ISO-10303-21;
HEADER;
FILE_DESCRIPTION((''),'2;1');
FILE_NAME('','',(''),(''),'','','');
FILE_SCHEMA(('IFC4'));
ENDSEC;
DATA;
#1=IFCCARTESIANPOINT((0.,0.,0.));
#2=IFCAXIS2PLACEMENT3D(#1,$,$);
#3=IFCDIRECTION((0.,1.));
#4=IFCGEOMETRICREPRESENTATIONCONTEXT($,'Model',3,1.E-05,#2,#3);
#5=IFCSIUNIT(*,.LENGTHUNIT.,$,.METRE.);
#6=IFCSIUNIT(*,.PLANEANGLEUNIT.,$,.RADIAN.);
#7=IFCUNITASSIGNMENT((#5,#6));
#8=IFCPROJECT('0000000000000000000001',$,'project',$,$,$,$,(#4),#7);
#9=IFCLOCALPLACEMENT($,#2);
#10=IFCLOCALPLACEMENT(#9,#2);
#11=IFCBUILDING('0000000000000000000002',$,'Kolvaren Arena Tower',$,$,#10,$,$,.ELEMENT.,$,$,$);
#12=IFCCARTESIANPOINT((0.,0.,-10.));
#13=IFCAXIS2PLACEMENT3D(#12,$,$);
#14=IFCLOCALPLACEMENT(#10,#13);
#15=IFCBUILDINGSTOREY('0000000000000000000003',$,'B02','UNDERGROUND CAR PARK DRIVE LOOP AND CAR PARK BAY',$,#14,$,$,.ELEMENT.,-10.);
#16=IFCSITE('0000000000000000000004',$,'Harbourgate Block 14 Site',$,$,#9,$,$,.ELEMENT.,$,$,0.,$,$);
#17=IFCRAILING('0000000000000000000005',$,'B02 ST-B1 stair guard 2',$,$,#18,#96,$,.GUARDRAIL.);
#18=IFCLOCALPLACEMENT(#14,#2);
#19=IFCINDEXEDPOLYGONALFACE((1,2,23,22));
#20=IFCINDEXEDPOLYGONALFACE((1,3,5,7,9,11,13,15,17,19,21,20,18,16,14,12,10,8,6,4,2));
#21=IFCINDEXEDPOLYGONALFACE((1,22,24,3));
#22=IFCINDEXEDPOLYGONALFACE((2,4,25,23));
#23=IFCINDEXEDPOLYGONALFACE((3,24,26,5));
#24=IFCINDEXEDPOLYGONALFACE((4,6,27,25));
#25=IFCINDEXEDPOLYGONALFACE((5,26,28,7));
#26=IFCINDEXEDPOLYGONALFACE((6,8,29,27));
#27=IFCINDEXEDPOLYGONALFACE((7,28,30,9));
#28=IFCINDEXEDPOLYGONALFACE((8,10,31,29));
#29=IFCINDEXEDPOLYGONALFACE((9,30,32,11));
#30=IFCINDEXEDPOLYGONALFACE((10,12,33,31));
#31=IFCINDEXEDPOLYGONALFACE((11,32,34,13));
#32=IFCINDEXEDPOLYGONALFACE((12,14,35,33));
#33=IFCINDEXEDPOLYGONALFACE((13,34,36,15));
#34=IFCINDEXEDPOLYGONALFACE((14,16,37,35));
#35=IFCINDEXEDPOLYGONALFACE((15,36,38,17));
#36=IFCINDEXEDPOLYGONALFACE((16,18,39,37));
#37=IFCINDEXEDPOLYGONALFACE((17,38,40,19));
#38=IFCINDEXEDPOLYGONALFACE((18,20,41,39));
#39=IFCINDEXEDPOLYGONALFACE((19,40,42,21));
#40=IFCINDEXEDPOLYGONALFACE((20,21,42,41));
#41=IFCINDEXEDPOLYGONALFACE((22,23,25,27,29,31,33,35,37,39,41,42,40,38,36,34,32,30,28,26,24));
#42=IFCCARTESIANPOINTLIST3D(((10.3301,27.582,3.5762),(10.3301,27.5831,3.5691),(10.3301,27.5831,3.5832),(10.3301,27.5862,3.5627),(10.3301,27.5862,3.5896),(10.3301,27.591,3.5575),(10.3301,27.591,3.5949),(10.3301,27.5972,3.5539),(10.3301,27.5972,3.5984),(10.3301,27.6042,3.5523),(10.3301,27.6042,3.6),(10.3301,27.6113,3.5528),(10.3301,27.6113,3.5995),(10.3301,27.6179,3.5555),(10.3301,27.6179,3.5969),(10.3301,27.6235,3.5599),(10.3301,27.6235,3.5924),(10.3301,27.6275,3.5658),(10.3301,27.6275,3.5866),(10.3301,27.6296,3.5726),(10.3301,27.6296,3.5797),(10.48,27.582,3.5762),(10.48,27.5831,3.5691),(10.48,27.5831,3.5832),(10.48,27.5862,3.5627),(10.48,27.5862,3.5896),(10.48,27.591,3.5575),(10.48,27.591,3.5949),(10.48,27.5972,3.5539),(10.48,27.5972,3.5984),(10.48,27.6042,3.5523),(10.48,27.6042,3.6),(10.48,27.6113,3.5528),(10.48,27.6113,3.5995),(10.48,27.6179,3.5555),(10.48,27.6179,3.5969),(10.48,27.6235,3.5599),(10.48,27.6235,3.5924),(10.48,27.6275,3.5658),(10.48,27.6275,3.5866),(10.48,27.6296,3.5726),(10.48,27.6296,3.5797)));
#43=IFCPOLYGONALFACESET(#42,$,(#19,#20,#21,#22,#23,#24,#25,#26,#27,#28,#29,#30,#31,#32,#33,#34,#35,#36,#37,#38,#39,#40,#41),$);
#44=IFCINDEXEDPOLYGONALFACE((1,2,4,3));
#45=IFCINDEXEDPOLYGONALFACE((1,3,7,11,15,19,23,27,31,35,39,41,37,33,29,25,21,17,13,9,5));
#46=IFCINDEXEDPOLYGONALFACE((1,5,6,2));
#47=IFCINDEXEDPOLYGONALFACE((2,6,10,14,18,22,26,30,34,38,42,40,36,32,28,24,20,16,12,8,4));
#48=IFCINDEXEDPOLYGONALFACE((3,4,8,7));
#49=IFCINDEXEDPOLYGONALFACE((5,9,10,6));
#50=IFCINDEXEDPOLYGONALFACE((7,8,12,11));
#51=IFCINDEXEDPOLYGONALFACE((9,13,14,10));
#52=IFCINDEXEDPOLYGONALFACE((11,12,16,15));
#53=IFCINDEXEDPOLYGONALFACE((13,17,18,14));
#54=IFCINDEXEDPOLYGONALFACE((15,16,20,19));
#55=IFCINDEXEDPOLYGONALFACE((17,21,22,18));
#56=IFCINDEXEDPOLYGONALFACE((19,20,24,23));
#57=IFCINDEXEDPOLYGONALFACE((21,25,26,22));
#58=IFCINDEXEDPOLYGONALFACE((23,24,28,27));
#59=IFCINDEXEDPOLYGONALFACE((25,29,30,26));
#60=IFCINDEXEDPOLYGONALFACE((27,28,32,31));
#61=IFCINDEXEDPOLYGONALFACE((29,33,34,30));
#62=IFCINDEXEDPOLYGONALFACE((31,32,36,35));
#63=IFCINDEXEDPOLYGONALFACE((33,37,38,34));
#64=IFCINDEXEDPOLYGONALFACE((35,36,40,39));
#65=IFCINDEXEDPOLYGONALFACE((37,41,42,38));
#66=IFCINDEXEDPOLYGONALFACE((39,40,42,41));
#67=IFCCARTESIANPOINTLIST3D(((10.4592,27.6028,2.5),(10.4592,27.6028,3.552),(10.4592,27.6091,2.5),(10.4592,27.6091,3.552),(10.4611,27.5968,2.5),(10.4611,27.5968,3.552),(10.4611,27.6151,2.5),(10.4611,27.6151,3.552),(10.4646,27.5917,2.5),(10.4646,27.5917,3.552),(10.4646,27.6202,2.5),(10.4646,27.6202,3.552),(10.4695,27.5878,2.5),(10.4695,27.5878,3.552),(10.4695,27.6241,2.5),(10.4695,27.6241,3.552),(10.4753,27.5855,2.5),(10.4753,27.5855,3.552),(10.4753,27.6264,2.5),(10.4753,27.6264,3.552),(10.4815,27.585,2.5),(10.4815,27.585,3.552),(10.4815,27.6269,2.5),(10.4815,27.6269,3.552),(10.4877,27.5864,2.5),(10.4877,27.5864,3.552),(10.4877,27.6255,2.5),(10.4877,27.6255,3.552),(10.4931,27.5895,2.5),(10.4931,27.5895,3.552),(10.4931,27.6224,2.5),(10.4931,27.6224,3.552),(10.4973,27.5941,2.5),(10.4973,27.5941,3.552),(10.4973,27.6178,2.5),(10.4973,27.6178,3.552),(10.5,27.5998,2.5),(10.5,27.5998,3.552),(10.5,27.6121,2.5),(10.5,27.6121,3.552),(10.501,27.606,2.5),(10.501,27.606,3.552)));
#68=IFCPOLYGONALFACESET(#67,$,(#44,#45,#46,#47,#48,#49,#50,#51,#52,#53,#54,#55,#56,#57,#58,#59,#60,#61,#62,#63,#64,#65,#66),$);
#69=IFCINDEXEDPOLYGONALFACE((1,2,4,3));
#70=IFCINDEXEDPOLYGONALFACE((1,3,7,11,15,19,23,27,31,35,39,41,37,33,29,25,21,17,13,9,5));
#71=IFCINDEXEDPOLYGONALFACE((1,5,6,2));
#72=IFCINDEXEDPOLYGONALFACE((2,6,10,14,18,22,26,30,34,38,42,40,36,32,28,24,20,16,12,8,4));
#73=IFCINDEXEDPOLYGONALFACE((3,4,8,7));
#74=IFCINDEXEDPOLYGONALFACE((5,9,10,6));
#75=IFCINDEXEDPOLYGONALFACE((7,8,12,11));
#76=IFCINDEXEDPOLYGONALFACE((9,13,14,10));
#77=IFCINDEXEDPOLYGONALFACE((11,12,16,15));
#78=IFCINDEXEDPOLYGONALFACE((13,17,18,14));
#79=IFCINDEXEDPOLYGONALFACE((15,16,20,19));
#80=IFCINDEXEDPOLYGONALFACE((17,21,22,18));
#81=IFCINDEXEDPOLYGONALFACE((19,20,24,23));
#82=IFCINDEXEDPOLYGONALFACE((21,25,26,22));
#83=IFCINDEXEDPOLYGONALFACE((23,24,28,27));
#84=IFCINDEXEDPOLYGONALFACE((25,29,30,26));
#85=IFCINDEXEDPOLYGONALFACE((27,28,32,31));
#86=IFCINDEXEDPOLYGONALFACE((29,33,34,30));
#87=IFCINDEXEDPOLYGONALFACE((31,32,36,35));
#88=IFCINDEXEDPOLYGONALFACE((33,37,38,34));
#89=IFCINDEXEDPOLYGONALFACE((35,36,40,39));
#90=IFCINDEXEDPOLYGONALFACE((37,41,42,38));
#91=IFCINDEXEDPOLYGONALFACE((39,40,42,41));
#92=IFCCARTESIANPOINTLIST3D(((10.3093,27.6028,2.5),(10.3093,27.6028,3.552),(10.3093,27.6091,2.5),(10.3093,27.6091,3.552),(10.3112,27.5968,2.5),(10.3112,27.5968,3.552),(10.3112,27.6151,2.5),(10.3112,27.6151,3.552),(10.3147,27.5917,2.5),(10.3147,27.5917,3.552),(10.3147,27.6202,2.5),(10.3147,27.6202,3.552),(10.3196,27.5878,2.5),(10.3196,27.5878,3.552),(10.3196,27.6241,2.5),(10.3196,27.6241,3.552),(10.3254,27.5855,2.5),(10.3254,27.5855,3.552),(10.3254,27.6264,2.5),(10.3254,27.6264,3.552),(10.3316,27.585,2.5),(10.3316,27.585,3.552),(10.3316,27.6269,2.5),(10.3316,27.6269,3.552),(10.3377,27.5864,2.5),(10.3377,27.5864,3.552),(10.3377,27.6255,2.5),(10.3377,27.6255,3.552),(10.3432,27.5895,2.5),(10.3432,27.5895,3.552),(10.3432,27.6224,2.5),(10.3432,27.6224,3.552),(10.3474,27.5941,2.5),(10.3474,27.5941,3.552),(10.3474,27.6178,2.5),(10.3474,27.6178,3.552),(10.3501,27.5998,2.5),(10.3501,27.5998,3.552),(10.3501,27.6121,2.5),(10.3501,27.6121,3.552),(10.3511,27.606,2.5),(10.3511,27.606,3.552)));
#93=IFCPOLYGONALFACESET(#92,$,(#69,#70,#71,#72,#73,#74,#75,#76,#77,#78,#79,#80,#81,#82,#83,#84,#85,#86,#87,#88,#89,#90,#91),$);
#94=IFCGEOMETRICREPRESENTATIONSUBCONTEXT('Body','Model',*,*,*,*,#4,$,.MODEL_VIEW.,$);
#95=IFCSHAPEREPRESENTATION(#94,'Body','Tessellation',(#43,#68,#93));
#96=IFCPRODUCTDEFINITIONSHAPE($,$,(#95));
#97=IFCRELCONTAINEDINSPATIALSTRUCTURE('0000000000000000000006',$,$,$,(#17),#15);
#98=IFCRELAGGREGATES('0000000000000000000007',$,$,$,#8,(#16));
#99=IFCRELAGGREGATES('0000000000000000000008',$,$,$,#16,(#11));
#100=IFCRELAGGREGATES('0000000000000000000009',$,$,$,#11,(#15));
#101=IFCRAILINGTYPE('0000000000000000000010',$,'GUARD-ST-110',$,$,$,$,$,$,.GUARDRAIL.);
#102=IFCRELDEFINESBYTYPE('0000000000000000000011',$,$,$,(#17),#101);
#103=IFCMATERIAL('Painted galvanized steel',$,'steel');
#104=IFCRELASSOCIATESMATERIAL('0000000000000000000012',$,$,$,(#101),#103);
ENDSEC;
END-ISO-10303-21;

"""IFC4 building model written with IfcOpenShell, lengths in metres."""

from ifc_helpers import new_model, si_unit, direction, frame, origin, origin_2d, place, context, subcontext, project, spatial, circle, extrude, material, type_object, element, save


model = new_model("IFC4")

# Units and contexts
model_context = context("Model", 3, precision=1e-05, world=origin(), true_north=direction((0.0, 1.0)))
body_context = subcontext(model_context, "Body", "Model", "MODEL_VIEW")
ifc_project = project(units=[si_unit("LENGTHUNIT", "METRE"), si_unit("PLANEANGLEUNIT", "RADIAN")], contexts=[model_context])

# Site, building, storey
site_placement = place(None, origin())
site = spatial("IfcSite", under=ifc_project, at=site_placement, Name="Harbourgate Block 14 Site", CompositionType="ELEMENT", RefElevation=0.0)
building_placement = place(site_placement, origin())
building = spatial("IfcBuilding", under=site, at=building_placement, Name="Kolvaren Arena Tower", CompositionType="ELEMENT")
storey_placement = place(building_placement, frame((0.0, 0.0, -10.0)))
storey = spatial("IfcBuildingStorey", under=building, at=storey_placement, Name="B02", Description="UNDERGROUND CAR PARK DRIVE LOOP AND CAR PARK BAY", CompositionType="ELEMENT", Elevation=-10.0)

# Railing
ifc_material_1 = material(Name="Painted galvanized steel", Category="steel")
railing_type_1 = type_object("IfcRailingType", Name="GUARD-ST-110", PredefinedType="GUARDRAIL", material=ifc_material_1)
railing_1_placement = place(storey_placement, frame((10.48, 27.606, 2.5)))
element("IfcRailing", 1, at=railing_1_placement, inside=storey, type_object=railing_type_1, Name="B02 ST-B1 stair guard 2", PredefinedType="GUARDRAIL", context=body_context, shape_type="SweptSolid", body=[
    extrude(circle(Radius=0.0239, at=origin_2d()), frame((0.0, 0.0, 1.0762), z_axis=(-1.0, 0.0, 0.0), x_axis=(0.0, -1.0, 0.0)), (0.0, 0.0, 1.0), 0.1499),
    extrude(circle(Radius=0.021, at=origin_2d()), origin(), (0.0, 0.0, 1.0), 1.052),
    extrude(circle(Radius=0.021, at=origin_2d()), frame((-0.1499, 0.0, 0.0)), (0.0, 0.0, 1.0), 1.052),
])

save(model, "model.ifc")
